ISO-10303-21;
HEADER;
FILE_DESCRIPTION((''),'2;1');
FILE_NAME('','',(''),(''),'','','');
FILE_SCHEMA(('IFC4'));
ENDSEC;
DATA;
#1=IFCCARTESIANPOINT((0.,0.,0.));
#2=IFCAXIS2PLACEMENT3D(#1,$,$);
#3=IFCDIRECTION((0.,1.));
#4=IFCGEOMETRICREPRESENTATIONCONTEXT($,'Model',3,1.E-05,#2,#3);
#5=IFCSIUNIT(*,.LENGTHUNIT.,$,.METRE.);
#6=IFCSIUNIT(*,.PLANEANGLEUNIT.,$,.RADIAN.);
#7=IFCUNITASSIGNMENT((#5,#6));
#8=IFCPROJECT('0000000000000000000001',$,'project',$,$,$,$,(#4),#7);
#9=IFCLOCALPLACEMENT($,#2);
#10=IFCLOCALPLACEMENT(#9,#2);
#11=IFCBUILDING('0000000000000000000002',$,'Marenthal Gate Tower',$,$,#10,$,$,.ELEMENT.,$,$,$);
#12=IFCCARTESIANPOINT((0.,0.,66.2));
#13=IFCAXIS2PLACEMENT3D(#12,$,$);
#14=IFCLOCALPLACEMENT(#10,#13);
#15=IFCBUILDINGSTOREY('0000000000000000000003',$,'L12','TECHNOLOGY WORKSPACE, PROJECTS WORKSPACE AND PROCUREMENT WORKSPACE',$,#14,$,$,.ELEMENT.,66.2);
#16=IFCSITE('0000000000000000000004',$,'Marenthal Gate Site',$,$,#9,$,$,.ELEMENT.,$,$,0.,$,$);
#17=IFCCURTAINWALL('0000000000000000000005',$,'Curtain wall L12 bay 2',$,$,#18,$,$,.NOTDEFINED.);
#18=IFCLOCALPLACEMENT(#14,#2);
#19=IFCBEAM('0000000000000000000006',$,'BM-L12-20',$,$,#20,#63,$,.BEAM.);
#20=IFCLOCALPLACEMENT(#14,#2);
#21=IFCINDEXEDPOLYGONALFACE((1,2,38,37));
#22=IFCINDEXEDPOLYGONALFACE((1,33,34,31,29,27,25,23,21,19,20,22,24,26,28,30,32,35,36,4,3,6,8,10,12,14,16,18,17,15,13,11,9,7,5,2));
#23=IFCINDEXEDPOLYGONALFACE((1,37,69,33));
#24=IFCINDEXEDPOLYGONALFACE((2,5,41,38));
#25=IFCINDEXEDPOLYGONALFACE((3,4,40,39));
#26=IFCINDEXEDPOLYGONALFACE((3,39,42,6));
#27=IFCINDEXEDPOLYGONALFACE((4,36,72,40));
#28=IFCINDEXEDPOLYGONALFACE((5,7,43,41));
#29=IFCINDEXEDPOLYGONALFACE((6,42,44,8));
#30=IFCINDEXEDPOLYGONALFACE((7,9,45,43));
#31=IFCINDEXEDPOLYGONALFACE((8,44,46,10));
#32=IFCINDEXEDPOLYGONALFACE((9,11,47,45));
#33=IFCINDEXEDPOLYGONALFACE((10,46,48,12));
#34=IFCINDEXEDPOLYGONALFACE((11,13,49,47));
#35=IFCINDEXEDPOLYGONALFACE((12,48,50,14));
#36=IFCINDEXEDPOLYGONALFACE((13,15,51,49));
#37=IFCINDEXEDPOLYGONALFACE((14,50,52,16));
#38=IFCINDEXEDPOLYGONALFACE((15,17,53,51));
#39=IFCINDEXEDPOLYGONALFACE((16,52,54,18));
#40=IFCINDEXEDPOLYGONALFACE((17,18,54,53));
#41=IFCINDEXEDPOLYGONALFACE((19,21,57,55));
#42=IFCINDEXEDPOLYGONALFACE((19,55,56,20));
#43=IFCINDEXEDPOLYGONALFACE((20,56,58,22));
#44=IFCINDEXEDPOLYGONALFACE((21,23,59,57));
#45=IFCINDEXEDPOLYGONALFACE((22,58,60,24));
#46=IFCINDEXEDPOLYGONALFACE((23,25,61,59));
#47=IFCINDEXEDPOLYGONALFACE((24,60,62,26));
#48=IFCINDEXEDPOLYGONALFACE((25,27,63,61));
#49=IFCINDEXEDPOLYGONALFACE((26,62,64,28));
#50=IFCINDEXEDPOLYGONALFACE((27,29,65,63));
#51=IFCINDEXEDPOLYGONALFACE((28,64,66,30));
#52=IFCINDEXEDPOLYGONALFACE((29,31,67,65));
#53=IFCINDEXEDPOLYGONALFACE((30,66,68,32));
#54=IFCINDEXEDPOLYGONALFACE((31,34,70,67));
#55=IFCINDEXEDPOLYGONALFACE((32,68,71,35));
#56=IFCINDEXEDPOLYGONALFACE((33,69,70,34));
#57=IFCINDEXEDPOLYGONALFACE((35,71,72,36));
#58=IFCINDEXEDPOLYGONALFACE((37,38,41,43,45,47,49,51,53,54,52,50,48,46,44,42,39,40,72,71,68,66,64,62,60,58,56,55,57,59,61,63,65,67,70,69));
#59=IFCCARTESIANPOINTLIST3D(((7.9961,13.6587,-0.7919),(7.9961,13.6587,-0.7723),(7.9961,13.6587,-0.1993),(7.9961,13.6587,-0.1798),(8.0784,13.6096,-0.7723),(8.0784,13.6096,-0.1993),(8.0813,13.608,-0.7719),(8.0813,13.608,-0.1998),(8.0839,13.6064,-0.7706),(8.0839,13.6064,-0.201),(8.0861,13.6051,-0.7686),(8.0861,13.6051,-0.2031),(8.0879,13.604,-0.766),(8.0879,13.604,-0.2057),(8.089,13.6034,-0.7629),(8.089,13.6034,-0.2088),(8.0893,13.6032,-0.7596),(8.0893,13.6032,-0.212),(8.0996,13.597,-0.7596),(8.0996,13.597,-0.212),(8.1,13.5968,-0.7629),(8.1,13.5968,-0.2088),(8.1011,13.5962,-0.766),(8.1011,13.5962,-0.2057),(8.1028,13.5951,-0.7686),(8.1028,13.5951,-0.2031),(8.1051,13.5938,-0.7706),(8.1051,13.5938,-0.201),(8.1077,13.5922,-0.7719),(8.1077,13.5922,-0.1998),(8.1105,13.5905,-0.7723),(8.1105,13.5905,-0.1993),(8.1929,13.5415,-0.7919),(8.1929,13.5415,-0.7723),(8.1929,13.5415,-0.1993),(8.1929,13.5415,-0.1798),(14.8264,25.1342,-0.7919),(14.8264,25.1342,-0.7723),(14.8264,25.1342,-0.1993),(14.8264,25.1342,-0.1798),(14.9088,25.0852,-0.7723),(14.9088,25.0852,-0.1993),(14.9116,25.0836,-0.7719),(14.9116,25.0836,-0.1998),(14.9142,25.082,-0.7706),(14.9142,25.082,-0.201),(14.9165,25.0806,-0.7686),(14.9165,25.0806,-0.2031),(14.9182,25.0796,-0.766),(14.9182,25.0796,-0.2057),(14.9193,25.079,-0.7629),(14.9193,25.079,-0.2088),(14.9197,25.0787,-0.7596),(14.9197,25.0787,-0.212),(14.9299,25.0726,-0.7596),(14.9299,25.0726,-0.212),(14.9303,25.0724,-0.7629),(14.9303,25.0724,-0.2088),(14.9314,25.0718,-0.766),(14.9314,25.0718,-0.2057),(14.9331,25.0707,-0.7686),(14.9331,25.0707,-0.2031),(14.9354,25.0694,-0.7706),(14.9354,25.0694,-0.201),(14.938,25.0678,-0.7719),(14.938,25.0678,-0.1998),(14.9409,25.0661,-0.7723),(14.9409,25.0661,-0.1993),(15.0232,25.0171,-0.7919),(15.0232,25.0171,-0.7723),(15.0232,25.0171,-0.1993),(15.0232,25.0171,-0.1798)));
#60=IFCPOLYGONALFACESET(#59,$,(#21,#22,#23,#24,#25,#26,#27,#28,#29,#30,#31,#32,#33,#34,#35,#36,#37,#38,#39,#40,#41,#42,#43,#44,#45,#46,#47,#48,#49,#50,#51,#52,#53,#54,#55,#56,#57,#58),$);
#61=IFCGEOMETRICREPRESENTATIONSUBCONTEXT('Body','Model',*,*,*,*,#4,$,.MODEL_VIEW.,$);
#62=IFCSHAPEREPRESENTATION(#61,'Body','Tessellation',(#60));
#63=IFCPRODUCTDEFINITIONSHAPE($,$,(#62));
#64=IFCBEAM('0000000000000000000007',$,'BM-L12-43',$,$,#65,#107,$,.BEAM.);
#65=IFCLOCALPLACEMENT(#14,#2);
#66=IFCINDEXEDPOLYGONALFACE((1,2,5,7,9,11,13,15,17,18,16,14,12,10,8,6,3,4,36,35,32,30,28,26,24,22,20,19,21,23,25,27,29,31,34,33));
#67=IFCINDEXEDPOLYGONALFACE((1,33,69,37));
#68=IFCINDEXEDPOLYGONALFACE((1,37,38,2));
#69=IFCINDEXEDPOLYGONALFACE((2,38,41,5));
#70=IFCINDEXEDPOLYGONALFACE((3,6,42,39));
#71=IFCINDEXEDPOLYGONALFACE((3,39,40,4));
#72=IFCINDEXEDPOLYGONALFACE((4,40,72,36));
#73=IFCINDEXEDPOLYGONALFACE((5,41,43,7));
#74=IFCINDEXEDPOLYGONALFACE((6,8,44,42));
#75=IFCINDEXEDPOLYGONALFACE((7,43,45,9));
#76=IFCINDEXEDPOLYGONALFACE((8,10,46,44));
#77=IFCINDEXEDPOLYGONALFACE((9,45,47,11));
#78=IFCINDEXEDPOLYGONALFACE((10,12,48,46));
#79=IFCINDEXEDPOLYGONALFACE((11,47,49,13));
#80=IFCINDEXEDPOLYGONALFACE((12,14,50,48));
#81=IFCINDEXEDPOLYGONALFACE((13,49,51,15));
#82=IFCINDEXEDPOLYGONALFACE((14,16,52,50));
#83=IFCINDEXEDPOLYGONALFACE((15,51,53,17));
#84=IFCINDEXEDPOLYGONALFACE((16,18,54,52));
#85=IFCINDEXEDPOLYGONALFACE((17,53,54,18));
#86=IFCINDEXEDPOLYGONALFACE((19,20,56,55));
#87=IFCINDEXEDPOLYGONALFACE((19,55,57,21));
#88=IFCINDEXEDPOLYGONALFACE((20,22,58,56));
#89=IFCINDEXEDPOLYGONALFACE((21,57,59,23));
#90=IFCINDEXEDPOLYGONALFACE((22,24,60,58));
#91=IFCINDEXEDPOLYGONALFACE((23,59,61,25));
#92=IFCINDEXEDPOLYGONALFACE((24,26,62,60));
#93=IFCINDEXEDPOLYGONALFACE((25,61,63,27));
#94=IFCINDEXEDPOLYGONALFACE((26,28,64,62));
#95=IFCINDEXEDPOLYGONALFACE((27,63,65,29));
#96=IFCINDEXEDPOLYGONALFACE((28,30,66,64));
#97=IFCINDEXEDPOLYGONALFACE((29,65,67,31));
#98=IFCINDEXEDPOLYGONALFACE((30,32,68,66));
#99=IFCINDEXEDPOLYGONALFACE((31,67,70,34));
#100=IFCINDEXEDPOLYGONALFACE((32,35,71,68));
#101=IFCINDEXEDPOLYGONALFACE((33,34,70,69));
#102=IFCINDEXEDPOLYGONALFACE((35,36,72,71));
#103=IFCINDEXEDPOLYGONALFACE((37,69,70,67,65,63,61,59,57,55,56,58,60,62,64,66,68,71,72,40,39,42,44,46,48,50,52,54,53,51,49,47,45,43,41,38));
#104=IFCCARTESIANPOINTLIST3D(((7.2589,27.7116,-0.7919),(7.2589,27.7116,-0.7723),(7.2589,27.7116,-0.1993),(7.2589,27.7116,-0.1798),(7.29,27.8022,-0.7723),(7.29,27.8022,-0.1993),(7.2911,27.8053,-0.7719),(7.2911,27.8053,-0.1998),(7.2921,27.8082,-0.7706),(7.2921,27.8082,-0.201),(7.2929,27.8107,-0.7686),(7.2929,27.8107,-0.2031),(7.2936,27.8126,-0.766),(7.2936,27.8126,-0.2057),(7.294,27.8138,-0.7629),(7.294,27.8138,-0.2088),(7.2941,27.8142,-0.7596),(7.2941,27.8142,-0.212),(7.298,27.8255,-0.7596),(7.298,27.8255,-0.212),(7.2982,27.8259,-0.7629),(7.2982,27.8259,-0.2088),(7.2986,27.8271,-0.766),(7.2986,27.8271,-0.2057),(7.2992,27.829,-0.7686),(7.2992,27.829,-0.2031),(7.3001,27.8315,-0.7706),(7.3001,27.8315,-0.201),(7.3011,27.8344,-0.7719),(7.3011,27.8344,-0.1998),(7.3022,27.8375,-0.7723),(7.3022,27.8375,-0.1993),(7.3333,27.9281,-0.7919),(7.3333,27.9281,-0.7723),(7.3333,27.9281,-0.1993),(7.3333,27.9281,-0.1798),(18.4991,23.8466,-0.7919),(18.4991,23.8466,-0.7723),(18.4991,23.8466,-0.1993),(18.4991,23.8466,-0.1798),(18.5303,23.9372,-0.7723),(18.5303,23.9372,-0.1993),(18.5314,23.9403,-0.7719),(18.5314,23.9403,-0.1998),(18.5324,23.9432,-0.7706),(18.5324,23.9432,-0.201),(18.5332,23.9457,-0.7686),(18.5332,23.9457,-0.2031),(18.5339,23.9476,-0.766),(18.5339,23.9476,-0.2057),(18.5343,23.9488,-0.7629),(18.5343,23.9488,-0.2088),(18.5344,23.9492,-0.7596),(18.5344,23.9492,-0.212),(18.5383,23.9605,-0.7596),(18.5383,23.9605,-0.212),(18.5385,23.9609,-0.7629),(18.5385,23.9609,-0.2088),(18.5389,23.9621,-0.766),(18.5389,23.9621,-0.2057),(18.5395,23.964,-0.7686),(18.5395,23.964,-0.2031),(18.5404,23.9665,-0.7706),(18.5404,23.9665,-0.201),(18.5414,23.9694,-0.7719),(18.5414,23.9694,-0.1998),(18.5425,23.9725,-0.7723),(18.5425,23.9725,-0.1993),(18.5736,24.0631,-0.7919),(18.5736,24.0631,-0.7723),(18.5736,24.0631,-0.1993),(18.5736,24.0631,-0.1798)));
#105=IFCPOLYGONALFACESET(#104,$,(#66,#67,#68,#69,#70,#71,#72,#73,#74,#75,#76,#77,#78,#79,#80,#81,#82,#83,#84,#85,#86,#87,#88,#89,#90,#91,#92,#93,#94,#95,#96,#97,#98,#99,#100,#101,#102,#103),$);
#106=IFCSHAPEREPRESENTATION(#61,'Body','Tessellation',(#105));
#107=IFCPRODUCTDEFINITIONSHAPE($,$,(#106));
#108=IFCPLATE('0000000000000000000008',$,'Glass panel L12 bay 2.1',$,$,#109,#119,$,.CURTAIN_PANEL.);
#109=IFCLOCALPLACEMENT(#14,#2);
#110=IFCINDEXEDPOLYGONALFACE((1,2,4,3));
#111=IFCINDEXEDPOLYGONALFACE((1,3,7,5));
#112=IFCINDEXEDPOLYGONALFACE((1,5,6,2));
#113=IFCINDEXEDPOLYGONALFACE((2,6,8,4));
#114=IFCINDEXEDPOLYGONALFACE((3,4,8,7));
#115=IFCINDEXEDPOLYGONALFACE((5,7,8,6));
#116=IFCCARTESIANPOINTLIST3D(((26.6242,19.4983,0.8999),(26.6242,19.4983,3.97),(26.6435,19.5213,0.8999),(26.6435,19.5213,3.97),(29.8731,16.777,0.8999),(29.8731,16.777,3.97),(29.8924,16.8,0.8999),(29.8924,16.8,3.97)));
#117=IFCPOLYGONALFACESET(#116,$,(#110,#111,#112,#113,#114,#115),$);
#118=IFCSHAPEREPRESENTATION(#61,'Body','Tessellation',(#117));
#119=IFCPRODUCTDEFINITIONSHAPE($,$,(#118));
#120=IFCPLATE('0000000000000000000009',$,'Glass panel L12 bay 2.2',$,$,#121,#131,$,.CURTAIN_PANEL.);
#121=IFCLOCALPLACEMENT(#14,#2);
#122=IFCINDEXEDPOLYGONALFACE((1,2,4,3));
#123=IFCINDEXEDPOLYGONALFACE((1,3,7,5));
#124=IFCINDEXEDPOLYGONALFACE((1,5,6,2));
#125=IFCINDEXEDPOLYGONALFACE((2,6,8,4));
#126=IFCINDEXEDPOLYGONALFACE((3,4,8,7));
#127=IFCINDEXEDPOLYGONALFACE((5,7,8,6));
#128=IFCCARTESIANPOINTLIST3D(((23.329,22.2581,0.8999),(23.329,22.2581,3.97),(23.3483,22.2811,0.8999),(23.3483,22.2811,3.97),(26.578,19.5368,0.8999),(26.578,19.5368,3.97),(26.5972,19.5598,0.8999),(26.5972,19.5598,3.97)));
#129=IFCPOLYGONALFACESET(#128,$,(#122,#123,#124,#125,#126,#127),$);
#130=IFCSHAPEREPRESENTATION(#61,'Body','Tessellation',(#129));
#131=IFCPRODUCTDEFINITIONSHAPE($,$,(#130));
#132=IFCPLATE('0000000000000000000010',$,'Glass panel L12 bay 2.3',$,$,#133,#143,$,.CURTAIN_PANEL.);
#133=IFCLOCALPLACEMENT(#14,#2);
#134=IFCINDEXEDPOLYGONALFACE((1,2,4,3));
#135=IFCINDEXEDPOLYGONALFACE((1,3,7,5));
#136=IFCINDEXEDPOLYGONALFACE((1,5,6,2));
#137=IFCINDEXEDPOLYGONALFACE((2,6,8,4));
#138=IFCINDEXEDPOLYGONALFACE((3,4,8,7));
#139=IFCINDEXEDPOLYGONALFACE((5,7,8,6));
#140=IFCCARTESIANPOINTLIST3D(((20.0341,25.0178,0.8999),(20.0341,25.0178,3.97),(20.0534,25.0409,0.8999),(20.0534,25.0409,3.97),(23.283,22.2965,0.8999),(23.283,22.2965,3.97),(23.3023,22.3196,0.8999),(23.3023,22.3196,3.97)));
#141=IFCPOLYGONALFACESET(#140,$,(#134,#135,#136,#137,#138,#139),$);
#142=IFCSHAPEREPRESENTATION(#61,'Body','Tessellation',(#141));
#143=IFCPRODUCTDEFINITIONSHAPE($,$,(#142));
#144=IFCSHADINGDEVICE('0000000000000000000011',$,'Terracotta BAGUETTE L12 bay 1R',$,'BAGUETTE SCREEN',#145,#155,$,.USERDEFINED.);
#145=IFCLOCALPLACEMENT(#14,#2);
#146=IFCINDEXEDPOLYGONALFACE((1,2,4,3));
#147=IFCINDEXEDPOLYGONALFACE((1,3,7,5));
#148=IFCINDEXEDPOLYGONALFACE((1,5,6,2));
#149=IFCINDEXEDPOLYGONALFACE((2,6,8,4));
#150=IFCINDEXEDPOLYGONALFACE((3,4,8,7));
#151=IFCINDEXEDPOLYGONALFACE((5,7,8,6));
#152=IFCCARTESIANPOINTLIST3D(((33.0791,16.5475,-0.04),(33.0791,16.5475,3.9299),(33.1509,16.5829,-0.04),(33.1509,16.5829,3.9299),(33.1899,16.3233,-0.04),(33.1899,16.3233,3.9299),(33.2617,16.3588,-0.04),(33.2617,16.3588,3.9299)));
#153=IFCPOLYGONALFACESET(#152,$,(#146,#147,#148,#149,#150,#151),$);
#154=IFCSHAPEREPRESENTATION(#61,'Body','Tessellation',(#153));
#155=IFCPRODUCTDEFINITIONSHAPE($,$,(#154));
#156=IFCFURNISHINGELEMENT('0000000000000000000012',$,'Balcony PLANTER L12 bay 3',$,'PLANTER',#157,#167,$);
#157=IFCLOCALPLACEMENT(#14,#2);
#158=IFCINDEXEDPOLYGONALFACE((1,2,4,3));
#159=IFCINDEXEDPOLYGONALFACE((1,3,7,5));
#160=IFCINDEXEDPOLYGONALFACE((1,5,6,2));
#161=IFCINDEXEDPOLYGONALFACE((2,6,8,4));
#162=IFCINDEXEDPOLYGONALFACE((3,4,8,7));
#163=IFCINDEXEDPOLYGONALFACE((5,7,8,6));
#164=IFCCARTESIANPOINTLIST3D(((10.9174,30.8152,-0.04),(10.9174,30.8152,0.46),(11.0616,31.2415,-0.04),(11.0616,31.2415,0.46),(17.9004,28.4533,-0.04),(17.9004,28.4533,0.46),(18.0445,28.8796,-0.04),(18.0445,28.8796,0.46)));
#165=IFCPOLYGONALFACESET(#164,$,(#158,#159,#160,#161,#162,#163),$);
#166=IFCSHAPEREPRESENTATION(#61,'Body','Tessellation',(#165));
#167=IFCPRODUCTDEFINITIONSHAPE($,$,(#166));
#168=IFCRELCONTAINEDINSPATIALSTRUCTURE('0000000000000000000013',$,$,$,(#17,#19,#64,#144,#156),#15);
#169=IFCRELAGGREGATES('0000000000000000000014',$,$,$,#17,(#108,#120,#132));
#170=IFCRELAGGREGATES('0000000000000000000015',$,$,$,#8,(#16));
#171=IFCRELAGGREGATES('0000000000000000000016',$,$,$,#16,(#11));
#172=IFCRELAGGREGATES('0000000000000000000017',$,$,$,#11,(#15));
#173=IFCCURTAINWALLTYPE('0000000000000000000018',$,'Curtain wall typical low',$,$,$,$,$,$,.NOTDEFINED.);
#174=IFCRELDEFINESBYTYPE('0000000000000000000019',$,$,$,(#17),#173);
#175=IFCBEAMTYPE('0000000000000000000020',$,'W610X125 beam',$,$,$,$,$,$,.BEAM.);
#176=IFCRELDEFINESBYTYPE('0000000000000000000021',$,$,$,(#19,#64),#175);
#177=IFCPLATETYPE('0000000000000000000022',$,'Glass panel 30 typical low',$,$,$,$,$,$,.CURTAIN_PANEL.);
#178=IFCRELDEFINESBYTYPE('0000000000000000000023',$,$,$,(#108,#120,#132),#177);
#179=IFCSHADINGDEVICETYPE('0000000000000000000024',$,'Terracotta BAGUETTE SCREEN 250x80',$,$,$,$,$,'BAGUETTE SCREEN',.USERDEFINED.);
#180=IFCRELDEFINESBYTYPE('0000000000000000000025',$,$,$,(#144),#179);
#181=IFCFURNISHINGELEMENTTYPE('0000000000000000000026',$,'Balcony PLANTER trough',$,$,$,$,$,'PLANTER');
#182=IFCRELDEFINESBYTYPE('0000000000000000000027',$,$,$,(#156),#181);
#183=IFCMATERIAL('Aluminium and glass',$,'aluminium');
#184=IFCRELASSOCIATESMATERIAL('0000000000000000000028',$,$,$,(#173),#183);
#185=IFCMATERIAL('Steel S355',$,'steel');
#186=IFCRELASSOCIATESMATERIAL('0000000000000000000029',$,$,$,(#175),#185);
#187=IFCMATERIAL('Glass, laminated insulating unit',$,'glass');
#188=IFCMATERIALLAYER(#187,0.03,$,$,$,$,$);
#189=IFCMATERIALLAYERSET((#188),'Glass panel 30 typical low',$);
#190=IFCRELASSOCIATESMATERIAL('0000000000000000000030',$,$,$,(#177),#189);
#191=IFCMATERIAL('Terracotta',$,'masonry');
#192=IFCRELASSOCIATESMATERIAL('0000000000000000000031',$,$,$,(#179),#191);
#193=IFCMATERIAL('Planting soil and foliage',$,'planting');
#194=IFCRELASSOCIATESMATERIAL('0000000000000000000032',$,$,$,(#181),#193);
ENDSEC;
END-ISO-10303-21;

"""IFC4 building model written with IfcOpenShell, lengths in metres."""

from ifc_helpers import new_model, si_unit, direction, frame, origin, origin_2d, place, context, subcontext, project, spatial, rectangle, i_section, extrude, material, layer, layer_set, material_profile, profile_set, type_object, element, aggregate, save


model = new_model("IFC4")

# Units and contexts
model_context = context("Model", 3, precision=1e-05, world=origin(), true_north=direction((0.0, 1.0)))
body_context = subcontext(model_context, "Body", "Model", "MODEL_VIEW")
ifc_project = project(units=[si_unit("LENGTHUNIT", "METRE"), si_unit("PLANEANGLEUNIT", "RADIAN")], contexts=[model_context])

# Site, building, storey
site_placement = place(None, origin())
site = spatial("IfcSite", under=ifc_project, at=site_placement, Name="Marenthal Gate Site", CompositionType="ELEMENT", RefElevation=0.0)
building_placement = place(site_placement, origin())
building = spatial("IfcBuilding", under=site, at=building_placement, Name="Marenthal Gate Tower", CompositionType="ELEMENT")
storey_placement = place(building_placement, frame((0.0, 0.0, 66.2)))
storey = spatial("IfcBuildingStorey", under=building, at=storey_placement, Name="L12", Description="TECHNOLOGY WORKSPACE, PROJECTS WORKSPACE AND PROCUREMENT WORKSPACE", CompositionType="ELEMENT", Elevation=66.2)

# Curtain wall
ifc_material_1 = material(Name="Aluminium and glass", Category="aluminium")
curtain_wall_type = type_object("IfcCurtainWallType", Name="Curtain wall typical low", PredefinedType="NOTDEFINED", material=ifc_material_1)
curtain_wall_placement = place(storey_placement, origin())
curtain_wall = element("IfcCurtainWall", 1, at=curtain_wall_placement, inside=storey, type_object=curtain_wall_type, Name="Curtain wall L12 bay 2", PredefinedType="NOTDEFINED")

# Beams
ifc_material_2 = material(Name="Steel S355", Category="steel")
ifc_material_profile_1 = material_profile(ifc_material_2, i_section(OverallWidth=0.229, OverallDepth=0.6121, WebThickness=0.012, FlangeThickness=0.0195, FilletRadius=0.0127, at=origin_2d()), Name="W610X125")
ifc_profile_set_1 = profile_set([ifc_material_profile_1], Name="Steel S355")
beam_type_1 = type_object("IfcBeamType", Name="W610X125 beam", PredefinedType="BEAM", material=ifc_profile_set_1)
beam_1_placement = place(storey_placement, frame((14.9248, 25.0757, -0.4858), z_axis=(-0.511463, -0.859306, 0.0), x_axis=(0.859306, -0.511463, 0.0)))
element("IfcBeam", 2, at=beam_1_placement, inside=storey, type_object=beam_type_1, Name="BM-L12-20", PredefinedType="BEAM", context=body_context, shape_type="SweptSolid", body=[
    extrude(i_section(OverallWidth=0.229, OverallDepth=0.6121, WebThickness=0.012, FlangeThickness=0.0195, FilletRadius=0.0127, at=origin_2d()), origin(), (0.0, 0.0, 1.0), 13.3545),
])
beam_2_placement = place(storey_placement, frame((18.5364, 23.9548, -0.4858), z_axis=(-0.945657, 0.325167, 0.0), x_axis=(-0.325167, -0.945657, 0.0)))
element("IfcBeam", 3, at=beam_2_placement, inside=storey, type_object=beam_type_1, Name="BM-L12-43", PredefinedType="BEAM", context=body_context, shape_type="SweptSolid", body=[
    extrude(i_section(OverallWidth=0.229, OverallDepth=0.6121, WebThickness=0.012, FlangeThickness=0.0195, FilletRadius=0.0127, at=origin_2d()), origin(), (0.0, 0.0, 1.0), 11.8862),
])

# Plates
ifc_material_3 = material(Name="Glass, laminated insulating unit", Category="glass")
ifc_layer_1 = layer(ifc_material_3, 0.03)
ifc_layer_set_1 = layer_set([ifc_layer_1], Name="Glass panel 30 typical low")
plate_type = type_object("IfcPlateType", Name="Glass panel 30 typical low", PredefinedType="CURTAIN_PANEL", material=ifc_layer_set_1)
plate_1_placement = place(storey_placement, frame((28.2583, 18.1492, 0.8999), z_axis=(0.0, 0.0, 1.0), x_axis=(-0.766611, 0.642112, 0.0)))
plate_1 = element("IfcPlate", 4, at=plate_1_placement, type_object=plate_type, Name="Glass panel L12 bay 2.1", PredefinedType="CURTAIN_PANEL", context=body_context, shape_type="SweptSolid", body=[
    extrude(rectangle(XDim=4.238, YDim=0.03, at=origin_2d()), origin(), (0.0, 0.0, 1.0), 3.0701),
])
plate_2_placement = place(storey_placement, frame((24.9631, 20.9089, 0.8999), z_axis=(0.0, 0.0, 1.0), x_axis=(-0.766611, 0.642112, 0.0)))
plate_2 = element("IfcPlate", 5, at=plate_2_placement, type_object=plate_type, Name="Glass panel L12 bay 2.2", PredefinedType="CURTAIN_PANEL", context=body_context, shape_type="SweptSolid", body=[
    extrude(rectangle(XDim=4.238, YDim=0.03, at=origin_2d()), origin(), (0.0, 0.0, 1.0), 3.0701),
])
plate_3_placement = place(storey_placement, frame((21.6682, 23.6687, 0.8999), z_axis=(0.0, 0.0, 1.0), x_axis=(-0.766611, 0.642112, 0.0)))
plate_3 = element("IfcPlate", 6, at=plate_3_placement, type_object=plate_type, Name="Glass panel L12 bay 2.3", PredefinedType="CURTAIN_PANEL", context=body_context, shape_type="SweptSolid", body=[
    extrude(rectangle(XDim=4.238, YDim=0.03, at=origin_2d()), origin(), (0.0, 0.0, 1.0), 3.0701),
])
aggregate(curtain_wall, [plate_1, plate_2, plate_3])

# Shading device
ifc_material_4 = material(Name="Terracotta", Category="masonry")
ifc_material_profile_2 = material_profile(ifc_material_4, rectangle(XDim=0.25, YDim=0.0801, at=origin_2d()), Name="Terracotta baguette 250x80")
ifc_profile_set_2 = profile_set([ifc_material_profile_2], Name="Terracotta")
shading_device_type = type_object("IfcShadingDeviceType", Name="Terracotta BAGUETTE SCREEN 250x80", ElementType="BAGUETTE SCREEN", PredefinedType="USERDEFINED", material=ifc_profile_set_2)
shading_device_placement = place(storey_placement, frame((33.1704, 16.4531, -0.04), z_axis=(0.0, 0.0, 1.0), x_axis=(-0.442993, 0.896525, 0.0)))
element("IfcShadingDevice", 7, at=shading_device_placement, inside=storey, type_object=shading_device_type, Name="Terracotta BAGUETTE L12 bay 1R", ObjectType="BAGUETTE SCREEN", PredefinedType="USERDEFINED", context=body_context, shape_type="SweptSolid", body=[
    extrude(rectangle(XDim=0.25, YDim=0.0801, at=origin_2d()), origin(), (0.0, 0.0, 1.0), 3.97),
])

# Furnishing element
ifc_material_5 = material(Name="Planting soil and foliage", Category="planting")
furnishing_element_type = type_object("IfcFurnishingElementType", Name="Balcony PLANTER trough", ElementType="PLANTER", material=ifc_material_5)
furnishing_placement = place(storey_placement, frame((14.481, 29.8474, -0.04), z_axis=(0.0, 0.0, 1.0), x_axis=(-0.94728, 0.320406, 0.0)))
element("IfcFurnishingElement", 8, at=furnishing_placement, inside=storey, type_object=furnishing_element_type, Name="Balcony PLANTER L12 bay 3", ObjectType="PLANTER", context=body_context, shape_type="SweptSolid", body=[
    extrude(rectangle(XDim=7.3716, YDim=0.45, at=origin_2d()), origin(), (0.0, 0.0, 1.0), 0.5),
])

save(model, "model.ifc")
